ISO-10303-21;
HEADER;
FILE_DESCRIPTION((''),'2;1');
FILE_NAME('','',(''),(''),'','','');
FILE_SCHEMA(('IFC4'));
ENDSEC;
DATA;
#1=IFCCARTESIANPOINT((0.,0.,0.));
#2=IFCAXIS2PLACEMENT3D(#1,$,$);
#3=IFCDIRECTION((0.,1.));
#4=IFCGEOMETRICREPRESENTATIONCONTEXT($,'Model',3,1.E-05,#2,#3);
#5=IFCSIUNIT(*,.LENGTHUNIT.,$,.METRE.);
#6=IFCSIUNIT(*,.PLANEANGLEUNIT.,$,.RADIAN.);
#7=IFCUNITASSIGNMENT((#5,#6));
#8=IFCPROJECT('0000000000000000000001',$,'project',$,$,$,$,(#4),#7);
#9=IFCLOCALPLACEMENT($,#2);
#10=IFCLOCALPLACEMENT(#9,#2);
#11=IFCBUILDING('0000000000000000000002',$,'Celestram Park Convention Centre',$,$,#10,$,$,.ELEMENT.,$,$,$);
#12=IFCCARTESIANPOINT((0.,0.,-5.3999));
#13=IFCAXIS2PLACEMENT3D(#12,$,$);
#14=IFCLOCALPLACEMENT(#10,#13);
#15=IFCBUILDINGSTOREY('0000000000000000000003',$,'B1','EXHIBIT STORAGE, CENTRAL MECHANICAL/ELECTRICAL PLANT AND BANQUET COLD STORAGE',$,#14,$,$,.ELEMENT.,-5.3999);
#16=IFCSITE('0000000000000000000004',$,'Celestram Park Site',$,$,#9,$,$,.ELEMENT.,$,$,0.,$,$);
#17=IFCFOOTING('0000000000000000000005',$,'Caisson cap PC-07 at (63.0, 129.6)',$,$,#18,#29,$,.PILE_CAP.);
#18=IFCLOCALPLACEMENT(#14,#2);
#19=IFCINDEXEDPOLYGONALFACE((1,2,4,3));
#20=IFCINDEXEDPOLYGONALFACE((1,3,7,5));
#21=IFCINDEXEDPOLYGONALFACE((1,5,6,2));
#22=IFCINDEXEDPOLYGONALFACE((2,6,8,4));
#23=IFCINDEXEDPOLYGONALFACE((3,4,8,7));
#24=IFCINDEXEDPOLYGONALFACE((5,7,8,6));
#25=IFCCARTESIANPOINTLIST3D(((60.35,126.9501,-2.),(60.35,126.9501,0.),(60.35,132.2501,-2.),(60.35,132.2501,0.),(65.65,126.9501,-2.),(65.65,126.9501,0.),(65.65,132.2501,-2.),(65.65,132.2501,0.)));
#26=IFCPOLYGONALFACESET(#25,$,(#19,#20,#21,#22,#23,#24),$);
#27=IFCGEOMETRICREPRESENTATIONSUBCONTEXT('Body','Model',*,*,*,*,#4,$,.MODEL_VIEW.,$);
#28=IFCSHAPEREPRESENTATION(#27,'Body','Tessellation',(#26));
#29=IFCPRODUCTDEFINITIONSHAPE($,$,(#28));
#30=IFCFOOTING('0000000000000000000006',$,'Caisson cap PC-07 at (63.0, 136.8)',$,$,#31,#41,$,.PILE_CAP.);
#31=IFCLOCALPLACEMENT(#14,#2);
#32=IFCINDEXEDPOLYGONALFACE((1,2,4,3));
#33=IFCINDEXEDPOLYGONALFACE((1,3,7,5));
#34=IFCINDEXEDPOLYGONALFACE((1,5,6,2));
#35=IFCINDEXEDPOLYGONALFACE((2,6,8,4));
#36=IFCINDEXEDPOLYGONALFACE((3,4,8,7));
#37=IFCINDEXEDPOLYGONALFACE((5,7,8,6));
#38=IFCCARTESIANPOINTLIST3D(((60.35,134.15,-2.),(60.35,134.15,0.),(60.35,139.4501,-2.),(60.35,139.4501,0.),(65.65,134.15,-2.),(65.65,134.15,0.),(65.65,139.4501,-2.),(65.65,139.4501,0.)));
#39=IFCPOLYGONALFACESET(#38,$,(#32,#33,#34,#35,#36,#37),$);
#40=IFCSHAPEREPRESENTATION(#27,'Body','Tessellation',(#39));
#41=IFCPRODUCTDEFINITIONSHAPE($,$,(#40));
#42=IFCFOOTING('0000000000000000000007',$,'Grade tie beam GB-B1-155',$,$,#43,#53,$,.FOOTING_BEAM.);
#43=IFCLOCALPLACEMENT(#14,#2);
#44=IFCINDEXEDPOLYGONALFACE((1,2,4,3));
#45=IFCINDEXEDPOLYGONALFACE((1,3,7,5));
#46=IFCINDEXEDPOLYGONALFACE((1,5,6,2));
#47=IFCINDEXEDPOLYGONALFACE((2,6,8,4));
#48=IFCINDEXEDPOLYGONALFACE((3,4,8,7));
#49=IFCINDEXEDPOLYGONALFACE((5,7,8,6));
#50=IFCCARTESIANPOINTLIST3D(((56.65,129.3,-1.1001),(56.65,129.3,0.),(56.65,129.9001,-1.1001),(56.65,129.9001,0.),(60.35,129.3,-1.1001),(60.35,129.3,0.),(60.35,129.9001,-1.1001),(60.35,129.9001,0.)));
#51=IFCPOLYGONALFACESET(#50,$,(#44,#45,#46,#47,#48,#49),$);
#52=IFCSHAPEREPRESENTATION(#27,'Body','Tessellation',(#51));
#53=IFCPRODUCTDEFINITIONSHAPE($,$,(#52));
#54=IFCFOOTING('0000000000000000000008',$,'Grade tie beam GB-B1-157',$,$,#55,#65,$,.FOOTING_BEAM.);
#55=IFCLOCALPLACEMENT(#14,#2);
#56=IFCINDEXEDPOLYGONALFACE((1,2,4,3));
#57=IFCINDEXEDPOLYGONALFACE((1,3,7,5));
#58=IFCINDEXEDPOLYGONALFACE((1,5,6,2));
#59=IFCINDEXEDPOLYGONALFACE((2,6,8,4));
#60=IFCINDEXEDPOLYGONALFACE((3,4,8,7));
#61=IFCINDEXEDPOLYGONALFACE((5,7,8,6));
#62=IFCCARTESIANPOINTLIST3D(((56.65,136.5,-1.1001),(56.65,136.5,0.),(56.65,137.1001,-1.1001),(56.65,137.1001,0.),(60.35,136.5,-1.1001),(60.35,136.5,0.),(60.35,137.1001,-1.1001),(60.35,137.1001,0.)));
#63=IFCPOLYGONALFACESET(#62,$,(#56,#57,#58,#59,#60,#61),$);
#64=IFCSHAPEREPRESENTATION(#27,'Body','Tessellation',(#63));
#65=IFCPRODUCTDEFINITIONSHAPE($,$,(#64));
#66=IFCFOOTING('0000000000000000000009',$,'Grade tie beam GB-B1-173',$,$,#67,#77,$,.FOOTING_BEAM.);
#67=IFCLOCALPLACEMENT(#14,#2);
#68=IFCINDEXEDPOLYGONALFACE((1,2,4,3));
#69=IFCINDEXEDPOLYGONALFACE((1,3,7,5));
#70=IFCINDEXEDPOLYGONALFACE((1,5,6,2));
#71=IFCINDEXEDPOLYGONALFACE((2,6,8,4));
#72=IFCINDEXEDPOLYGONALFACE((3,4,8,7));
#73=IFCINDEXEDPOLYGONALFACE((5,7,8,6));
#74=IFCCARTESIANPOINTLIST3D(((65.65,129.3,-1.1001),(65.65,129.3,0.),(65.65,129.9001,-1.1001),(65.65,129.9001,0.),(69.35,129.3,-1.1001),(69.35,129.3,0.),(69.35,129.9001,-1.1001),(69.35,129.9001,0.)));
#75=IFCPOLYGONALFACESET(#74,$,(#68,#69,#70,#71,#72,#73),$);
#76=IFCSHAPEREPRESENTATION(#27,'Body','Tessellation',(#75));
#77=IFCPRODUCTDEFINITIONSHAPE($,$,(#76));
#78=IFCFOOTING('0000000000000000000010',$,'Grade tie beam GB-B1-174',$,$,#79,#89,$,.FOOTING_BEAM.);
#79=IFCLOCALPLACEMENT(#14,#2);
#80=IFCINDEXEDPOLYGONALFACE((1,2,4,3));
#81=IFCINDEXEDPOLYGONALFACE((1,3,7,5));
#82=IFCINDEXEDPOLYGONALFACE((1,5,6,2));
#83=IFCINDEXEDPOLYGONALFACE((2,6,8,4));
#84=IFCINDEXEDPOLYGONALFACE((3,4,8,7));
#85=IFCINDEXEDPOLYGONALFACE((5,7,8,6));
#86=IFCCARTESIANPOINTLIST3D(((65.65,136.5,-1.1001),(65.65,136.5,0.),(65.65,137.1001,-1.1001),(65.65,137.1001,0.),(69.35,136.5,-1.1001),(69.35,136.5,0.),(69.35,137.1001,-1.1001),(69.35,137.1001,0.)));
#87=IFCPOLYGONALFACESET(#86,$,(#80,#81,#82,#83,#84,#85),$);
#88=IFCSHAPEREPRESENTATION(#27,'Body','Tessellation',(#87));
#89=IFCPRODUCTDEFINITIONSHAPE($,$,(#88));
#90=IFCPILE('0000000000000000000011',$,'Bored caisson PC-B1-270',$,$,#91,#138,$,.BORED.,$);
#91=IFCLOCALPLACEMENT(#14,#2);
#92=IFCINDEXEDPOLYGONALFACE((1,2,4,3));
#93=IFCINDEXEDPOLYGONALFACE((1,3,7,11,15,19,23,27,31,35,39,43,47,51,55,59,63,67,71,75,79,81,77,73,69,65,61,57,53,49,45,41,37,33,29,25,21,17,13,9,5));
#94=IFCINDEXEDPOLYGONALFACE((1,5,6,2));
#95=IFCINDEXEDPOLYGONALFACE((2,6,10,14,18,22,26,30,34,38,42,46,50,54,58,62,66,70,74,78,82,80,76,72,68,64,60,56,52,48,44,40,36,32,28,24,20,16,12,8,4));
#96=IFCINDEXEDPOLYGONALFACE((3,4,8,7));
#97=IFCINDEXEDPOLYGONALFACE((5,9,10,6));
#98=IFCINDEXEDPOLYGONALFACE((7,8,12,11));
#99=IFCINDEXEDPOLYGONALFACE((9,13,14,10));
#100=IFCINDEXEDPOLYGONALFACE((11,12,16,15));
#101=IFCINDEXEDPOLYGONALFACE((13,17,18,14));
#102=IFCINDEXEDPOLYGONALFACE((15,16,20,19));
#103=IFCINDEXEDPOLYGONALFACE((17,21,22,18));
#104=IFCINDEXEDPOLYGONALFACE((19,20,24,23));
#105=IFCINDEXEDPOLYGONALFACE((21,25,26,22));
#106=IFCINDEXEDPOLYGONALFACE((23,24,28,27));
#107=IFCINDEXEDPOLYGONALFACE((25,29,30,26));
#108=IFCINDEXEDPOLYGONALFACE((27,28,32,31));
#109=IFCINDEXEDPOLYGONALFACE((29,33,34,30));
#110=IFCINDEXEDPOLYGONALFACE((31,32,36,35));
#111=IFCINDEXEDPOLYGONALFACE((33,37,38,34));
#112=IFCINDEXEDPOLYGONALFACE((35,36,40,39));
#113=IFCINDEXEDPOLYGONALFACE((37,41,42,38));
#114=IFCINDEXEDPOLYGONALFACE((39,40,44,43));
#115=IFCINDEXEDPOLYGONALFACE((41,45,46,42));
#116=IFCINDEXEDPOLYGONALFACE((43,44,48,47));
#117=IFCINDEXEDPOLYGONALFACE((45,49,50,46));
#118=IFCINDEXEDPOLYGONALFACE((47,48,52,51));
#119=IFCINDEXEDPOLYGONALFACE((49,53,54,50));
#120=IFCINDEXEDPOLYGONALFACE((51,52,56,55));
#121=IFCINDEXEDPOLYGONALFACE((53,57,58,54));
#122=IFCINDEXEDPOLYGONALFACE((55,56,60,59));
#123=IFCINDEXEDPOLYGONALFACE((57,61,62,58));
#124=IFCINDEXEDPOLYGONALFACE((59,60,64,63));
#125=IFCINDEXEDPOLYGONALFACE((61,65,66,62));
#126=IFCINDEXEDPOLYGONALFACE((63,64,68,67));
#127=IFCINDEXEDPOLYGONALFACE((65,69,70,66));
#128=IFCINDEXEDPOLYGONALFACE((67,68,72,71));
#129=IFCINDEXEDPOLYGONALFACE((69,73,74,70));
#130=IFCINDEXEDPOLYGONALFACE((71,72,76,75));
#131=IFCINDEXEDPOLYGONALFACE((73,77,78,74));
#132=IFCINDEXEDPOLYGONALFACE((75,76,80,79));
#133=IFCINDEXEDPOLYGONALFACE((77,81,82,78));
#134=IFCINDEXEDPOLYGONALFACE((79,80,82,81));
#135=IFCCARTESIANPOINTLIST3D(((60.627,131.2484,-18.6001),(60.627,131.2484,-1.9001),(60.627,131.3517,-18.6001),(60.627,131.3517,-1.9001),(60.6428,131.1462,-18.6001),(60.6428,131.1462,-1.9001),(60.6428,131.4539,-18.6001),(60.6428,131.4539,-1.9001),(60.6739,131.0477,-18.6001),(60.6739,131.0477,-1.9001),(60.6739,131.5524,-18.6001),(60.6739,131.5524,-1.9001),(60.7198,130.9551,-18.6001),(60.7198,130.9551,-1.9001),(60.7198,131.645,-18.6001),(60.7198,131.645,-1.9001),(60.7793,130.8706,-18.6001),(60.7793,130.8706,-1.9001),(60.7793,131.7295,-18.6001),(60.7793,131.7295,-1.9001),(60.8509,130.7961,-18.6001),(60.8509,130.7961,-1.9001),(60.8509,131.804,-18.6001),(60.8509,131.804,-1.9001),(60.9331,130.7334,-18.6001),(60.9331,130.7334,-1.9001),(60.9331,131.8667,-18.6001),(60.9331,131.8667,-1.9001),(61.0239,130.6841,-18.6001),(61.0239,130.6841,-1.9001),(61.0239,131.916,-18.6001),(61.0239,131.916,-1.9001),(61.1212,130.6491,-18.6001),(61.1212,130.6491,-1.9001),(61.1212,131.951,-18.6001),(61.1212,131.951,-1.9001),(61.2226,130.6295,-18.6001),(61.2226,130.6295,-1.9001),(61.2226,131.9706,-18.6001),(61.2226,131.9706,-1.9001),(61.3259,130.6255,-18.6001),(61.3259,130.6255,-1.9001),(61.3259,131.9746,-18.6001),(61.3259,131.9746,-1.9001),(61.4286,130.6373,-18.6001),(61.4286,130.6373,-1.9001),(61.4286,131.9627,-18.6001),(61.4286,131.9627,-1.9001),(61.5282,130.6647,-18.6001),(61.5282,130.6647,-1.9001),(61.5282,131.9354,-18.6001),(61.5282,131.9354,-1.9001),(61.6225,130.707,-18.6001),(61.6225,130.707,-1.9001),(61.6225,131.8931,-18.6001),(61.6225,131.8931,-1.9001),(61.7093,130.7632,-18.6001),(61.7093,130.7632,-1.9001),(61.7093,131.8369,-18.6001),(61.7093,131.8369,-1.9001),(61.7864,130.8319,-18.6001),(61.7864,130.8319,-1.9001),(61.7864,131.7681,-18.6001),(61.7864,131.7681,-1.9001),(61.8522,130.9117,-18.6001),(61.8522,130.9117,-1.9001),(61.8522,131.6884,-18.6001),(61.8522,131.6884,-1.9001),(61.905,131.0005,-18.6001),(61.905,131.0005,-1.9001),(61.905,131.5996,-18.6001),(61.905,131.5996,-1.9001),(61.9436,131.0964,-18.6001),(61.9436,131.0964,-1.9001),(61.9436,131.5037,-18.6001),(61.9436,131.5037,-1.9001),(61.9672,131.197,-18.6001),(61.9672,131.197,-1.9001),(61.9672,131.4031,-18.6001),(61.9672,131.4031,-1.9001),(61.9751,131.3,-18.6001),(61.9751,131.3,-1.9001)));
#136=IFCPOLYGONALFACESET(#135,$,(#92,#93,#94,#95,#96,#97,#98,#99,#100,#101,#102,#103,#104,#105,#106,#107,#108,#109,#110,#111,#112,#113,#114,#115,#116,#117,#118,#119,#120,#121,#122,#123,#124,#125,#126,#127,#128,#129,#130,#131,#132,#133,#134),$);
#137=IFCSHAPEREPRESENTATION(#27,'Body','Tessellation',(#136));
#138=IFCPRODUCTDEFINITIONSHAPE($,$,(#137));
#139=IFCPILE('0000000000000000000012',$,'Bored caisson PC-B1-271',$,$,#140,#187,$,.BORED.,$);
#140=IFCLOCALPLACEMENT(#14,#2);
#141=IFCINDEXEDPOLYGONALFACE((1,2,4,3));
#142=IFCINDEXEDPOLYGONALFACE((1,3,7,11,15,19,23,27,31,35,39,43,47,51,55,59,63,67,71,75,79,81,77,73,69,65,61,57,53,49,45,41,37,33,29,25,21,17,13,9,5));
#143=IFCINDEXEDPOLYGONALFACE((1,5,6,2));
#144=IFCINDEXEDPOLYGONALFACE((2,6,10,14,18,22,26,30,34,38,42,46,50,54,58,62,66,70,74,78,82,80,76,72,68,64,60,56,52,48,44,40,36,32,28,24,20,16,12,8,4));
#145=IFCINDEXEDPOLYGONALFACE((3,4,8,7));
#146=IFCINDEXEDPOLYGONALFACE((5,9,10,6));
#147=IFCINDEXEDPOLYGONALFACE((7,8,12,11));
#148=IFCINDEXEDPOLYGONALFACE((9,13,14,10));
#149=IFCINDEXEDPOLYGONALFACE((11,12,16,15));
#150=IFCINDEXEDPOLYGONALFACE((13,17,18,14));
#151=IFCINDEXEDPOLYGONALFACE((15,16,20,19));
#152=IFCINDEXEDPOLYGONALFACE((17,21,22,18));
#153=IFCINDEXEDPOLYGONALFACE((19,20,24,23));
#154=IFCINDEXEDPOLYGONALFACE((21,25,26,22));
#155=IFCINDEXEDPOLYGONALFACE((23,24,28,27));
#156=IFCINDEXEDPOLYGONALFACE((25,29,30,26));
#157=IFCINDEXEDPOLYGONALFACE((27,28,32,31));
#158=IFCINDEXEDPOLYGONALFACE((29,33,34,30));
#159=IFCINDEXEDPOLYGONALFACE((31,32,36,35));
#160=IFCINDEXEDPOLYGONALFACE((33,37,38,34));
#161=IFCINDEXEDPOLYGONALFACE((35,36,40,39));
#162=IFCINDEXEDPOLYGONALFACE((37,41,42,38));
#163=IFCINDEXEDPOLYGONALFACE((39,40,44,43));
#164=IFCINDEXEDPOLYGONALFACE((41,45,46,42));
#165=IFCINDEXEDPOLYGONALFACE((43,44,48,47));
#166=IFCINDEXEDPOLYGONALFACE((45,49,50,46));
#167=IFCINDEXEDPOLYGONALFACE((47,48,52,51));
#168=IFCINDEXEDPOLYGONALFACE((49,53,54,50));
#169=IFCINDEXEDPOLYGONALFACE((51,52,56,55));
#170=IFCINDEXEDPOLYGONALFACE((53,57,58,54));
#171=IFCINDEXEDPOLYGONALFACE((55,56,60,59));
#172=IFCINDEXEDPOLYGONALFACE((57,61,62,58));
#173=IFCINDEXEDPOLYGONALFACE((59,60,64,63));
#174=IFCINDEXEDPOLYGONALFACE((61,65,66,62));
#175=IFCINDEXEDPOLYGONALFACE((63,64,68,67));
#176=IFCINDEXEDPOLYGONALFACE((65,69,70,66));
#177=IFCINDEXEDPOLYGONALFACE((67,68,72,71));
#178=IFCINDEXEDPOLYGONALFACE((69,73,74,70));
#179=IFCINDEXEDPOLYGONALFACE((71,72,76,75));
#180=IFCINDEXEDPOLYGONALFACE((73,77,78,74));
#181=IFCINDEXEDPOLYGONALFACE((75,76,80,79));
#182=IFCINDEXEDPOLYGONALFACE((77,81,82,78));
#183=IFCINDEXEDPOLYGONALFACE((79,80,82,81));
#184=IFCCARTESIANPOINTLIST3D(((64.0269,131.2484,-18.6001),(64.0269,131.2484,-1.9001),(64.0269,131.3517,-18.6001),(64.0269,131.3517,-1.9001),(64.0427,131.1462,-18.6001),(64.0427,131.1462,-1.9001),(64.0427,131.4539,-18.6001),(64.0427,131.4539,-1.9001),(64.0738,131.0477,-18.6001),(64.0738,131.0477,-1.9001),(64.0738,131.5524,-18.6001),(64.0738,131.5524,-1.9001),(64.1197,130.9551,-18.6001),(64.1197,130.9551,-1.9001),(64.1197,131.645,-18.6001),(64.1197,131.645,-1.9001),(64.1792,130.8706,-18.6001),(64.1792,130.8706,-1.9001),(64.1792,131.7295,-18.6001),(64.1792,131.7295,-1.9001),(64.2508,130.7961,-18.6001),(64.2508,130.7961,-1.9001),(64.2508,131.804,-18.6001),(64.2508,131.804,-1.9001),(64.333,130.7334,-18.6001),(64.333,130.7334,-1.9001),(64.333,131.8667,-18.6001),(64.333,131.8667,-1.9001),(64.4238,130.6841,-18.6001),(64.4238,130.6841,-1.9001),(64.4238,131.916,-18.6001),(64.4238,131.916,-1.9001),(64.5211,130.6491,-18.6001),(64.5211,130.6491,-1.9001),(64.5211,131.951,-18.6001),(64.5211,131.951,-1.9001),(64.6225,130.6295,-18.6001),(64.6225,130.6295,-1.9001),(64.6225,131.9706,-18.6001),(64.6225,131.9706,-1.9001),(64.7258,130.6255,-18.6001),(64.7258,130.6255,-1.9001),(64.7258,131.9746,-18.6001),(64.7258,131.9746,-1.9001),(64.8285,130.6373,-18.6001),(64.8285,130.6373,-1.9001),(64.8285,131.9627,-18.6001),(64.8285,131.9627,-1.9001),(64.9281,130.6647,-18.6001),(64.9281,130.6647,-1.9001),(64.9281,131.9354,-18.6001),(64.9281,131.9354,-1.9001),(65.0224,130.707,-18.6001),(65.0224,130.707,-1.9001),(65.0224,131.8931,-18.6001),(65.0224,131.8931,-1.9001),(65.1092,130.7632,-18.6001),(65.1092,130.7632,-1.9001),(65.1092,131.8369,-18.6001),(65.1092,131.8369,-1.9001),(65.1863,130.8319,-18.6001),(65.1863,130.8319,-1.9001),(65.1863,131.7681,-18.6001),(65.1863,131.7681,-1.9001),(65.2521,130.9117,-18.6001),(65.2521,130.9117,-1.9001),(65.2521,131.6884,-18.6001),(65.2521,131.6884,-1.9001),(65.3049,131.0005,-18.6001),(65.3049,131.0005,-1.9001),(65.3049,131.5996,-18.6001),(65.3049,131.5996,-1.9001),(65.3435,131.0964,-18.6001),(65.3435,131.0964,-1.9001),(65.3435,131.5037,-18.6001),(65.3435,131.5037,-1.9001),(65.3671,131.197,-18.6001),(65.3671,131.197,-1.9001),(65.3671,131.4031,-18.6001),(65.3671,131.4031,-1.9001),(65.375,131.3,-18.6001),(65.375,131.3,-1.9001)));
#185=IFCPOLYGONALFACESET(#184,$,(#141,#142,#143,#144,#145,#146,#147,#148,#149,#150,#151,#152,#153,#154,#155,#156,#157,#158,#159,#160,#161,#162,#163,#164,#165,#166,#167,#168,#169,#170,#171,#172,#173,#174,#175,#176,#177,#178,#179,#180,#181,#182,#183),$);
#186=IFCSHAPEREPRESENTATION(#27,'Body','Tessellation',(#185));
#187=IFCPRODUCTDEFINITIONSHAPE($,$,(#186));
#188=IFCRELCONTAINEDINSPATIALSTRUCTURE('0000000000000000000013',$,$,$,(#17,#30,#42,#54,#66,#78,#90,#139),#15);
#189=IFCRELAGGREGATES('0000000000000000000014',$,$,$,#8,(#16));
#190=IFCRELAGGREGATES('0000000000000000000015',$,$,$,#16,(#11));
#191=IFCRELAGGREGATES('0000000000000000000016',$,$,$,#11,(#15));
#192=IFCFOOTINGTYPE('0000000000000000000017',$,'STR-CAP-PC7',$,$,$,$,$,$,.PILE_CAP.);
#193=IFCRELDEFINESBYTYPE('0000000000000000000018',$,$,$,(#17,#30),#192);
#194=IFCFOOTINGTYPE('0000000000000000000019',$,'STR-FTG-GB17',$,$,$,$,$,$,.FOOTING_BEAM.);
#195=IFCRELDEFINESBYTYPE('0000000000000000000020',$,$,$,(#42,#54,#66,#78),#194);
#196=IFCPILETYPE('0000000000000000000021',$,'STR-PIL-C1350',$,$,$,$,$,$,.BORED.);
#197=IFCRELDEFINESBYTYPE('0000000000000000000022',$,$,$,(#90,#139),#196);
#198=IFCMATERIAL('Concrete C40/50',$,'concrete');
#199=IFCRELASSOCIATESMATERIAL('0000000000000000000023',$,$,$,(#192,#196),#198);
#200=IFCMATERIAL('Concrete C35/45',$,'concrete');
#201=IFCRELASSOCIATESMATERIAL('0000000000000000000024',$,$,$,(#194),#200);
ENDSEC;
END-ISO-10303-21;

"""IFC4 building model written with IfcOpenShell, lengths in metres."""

from ifc_helpers import new_model, si_unit, direction, frame, origin, origin_2d, place, context, subcontext, project, spatial, rectangle, circle, extrude, material, material_profile, profile_set, type_object, element, save


model = new_model("IFC4")

# Units and contexts
model_context = context("Model", 3, precision=1e-05, world=origin(), true_north=direction((0.0, 1.0)))
body_context = subcontext(model_context, "Body", "Model", "MODEL_VIEW")
ifc_project = project(units=[si_unit("LENGTHUNIT", "METRE"), si_unit("PLANEANGLEUNIT", "RADIAN")], contexts=[model_context])

# Site, building, storey
site_placement = place(None, origin())
site = spatial("IfcSite", under=ifc_project, at=site_placement, Name="Celestram Park Site", CompositionType="ELEMENT", RefElevation=0.0)
building_placement = place(site_placement, origin())
building = spatial("IfcBuilding", under=site, at=building_placement, Name="Celestram Park Convention Centre", CompositionType="ELEMENT")
storey_placement = place(building_placement, frame((0.0, 0.0, -5.3999)))
storey = spatial("IfcBuildingStorey", under=building, at=storey_placement, Name="B1", Description="EXHIBIT STORAGE, CENTRAL MECHANICAL/ELECTRICAL PLANT AND BANQUET COLD STORAGE", CompositionType="ELEMENT", Elevation=-5.3999)

# Footings
ifc_material_1 = material(Name="Concrete C40/50", Category="concrete")
footing_type_1 = type_object("IfcFootingType", Name="STR-CAP-PC7", PredefinedType="PILE_CAP", material=ifc_material_1)
for number, where, z_axis, x_axis, name in (
    (1, (63.0, 129.6001, -2.0), (0.0, 0.0, 1.0), (1.0, 0.0, 0.0), "Caisson cap PC-07 at (63.0, 129.6)"),
    (2, (63.0, 136.8, -2.0), (0.0, 0.0, 1.0), (1.0, 0.0, 0.0), "Caisson cap PC-07 at (63.0, 136.8)"),
):
    element("IfcFooting", number, at=place(storey_placement, frame(where, z_axis=z_axis, x_axis=x_axis)), inside=storey, type_object=footing_type_1, Name=name, PredefinedType="PILE_CAP", context=body_context, shape_type="SweptSolid", body=[
        extrude(rectangle(XDim=5.3, YDim=5.3, at=origin_2d()), origin(), (0.0, 0.0, 1.0), 2.0),
    ])
ifc_material_2 = material(Name="Concrete C35/45", Category="concrete")
footing_type_2 = type_object("IfcFootingType", Name="STR-FTG-GB17", PredefinedType="FOOTING_BEAM", material=ifc_material_2)
for number, where, z_axis, x_axis, name in (
    (3, (58.5, 129.6001, -1.1001), (0.0, 0.0, 1.0), (1.0, 0.0, 0.0), "Grade tie beam GB-B1-155"),
    (4, (58.5, 136.8, -1.1001), (0.0, 0.0, 1.0), (1.0, 0.0, 0.0), "Grade tie beam GB-B1-157"),
    (5, (67.5, 129.6001, -1.1001), (0.0, 0.0, 1.0), (1.0, 0.0, 0.0), "Grade tie beam GB-B1-173"),
    (6, (67.5, 136.8, -1.1001), (0.0, 0.0, 1.0), (1.0, 0.0, 0.0), "Grade tie beam GB-B1-174"),
):
    element("IfcFooting", number, at=place(storey_placement, frame(where, z_axis=z_axis, x_axis=x_axis)), inside=storey, type_object=footing_type_2, Name=name, PredefinedType="FOOTING_BEAM", context=body_context, shape_type="SweptSolid", body=[
        extrude(rectangle(XDim=3.7, YDim=0.6001, at=origin_2d()), origin(), (0.0, 0.0, 1.0), 1.1001),
    ])

# Piles
ifc_material_profile_1 = material_profile(ifc_material_1, circle(Radius=0.675, at=origin_2d()), Name="CAISSON1350")
ifc_profile_set_1 = profile_set([ifc_material_profile_1], Name="Concrete C40/50")
pile_type = type_object("IfcPileType", Name="STR-PIL-C1350", PredefinedType="BORED", material=ifc_profile_set_1)
for number, where, z_axis, x_axis, name in (
    (7, (61.3, 131.3, -1.9001), (0.0, 0.0, -1.0), (1.0, 0.0, 0.0), "Bored caisson PC-B1-270"),
    (8, (64.7, 131.3, -1.9001), (0.0, 0.0, -1.0), (1.0, 0.0, 0.0), "Bored caisson PC-B1-271"),
):
    element("IfcPile", number, at=place(storey_placement, frame(where, z_axis=z_axis, x_axis=x_axis)), inside=storey, type_object=pile_type, Name=name, PredefinedType="BORED", context=body_context, shape_type="SweptSolid", body=[
        extrude(circle(Radius=0.675, at=origin_2d()), origin(), (0.0, 0.0, 1.0), 16.7),
    ])

save(model, "model.ifc")
